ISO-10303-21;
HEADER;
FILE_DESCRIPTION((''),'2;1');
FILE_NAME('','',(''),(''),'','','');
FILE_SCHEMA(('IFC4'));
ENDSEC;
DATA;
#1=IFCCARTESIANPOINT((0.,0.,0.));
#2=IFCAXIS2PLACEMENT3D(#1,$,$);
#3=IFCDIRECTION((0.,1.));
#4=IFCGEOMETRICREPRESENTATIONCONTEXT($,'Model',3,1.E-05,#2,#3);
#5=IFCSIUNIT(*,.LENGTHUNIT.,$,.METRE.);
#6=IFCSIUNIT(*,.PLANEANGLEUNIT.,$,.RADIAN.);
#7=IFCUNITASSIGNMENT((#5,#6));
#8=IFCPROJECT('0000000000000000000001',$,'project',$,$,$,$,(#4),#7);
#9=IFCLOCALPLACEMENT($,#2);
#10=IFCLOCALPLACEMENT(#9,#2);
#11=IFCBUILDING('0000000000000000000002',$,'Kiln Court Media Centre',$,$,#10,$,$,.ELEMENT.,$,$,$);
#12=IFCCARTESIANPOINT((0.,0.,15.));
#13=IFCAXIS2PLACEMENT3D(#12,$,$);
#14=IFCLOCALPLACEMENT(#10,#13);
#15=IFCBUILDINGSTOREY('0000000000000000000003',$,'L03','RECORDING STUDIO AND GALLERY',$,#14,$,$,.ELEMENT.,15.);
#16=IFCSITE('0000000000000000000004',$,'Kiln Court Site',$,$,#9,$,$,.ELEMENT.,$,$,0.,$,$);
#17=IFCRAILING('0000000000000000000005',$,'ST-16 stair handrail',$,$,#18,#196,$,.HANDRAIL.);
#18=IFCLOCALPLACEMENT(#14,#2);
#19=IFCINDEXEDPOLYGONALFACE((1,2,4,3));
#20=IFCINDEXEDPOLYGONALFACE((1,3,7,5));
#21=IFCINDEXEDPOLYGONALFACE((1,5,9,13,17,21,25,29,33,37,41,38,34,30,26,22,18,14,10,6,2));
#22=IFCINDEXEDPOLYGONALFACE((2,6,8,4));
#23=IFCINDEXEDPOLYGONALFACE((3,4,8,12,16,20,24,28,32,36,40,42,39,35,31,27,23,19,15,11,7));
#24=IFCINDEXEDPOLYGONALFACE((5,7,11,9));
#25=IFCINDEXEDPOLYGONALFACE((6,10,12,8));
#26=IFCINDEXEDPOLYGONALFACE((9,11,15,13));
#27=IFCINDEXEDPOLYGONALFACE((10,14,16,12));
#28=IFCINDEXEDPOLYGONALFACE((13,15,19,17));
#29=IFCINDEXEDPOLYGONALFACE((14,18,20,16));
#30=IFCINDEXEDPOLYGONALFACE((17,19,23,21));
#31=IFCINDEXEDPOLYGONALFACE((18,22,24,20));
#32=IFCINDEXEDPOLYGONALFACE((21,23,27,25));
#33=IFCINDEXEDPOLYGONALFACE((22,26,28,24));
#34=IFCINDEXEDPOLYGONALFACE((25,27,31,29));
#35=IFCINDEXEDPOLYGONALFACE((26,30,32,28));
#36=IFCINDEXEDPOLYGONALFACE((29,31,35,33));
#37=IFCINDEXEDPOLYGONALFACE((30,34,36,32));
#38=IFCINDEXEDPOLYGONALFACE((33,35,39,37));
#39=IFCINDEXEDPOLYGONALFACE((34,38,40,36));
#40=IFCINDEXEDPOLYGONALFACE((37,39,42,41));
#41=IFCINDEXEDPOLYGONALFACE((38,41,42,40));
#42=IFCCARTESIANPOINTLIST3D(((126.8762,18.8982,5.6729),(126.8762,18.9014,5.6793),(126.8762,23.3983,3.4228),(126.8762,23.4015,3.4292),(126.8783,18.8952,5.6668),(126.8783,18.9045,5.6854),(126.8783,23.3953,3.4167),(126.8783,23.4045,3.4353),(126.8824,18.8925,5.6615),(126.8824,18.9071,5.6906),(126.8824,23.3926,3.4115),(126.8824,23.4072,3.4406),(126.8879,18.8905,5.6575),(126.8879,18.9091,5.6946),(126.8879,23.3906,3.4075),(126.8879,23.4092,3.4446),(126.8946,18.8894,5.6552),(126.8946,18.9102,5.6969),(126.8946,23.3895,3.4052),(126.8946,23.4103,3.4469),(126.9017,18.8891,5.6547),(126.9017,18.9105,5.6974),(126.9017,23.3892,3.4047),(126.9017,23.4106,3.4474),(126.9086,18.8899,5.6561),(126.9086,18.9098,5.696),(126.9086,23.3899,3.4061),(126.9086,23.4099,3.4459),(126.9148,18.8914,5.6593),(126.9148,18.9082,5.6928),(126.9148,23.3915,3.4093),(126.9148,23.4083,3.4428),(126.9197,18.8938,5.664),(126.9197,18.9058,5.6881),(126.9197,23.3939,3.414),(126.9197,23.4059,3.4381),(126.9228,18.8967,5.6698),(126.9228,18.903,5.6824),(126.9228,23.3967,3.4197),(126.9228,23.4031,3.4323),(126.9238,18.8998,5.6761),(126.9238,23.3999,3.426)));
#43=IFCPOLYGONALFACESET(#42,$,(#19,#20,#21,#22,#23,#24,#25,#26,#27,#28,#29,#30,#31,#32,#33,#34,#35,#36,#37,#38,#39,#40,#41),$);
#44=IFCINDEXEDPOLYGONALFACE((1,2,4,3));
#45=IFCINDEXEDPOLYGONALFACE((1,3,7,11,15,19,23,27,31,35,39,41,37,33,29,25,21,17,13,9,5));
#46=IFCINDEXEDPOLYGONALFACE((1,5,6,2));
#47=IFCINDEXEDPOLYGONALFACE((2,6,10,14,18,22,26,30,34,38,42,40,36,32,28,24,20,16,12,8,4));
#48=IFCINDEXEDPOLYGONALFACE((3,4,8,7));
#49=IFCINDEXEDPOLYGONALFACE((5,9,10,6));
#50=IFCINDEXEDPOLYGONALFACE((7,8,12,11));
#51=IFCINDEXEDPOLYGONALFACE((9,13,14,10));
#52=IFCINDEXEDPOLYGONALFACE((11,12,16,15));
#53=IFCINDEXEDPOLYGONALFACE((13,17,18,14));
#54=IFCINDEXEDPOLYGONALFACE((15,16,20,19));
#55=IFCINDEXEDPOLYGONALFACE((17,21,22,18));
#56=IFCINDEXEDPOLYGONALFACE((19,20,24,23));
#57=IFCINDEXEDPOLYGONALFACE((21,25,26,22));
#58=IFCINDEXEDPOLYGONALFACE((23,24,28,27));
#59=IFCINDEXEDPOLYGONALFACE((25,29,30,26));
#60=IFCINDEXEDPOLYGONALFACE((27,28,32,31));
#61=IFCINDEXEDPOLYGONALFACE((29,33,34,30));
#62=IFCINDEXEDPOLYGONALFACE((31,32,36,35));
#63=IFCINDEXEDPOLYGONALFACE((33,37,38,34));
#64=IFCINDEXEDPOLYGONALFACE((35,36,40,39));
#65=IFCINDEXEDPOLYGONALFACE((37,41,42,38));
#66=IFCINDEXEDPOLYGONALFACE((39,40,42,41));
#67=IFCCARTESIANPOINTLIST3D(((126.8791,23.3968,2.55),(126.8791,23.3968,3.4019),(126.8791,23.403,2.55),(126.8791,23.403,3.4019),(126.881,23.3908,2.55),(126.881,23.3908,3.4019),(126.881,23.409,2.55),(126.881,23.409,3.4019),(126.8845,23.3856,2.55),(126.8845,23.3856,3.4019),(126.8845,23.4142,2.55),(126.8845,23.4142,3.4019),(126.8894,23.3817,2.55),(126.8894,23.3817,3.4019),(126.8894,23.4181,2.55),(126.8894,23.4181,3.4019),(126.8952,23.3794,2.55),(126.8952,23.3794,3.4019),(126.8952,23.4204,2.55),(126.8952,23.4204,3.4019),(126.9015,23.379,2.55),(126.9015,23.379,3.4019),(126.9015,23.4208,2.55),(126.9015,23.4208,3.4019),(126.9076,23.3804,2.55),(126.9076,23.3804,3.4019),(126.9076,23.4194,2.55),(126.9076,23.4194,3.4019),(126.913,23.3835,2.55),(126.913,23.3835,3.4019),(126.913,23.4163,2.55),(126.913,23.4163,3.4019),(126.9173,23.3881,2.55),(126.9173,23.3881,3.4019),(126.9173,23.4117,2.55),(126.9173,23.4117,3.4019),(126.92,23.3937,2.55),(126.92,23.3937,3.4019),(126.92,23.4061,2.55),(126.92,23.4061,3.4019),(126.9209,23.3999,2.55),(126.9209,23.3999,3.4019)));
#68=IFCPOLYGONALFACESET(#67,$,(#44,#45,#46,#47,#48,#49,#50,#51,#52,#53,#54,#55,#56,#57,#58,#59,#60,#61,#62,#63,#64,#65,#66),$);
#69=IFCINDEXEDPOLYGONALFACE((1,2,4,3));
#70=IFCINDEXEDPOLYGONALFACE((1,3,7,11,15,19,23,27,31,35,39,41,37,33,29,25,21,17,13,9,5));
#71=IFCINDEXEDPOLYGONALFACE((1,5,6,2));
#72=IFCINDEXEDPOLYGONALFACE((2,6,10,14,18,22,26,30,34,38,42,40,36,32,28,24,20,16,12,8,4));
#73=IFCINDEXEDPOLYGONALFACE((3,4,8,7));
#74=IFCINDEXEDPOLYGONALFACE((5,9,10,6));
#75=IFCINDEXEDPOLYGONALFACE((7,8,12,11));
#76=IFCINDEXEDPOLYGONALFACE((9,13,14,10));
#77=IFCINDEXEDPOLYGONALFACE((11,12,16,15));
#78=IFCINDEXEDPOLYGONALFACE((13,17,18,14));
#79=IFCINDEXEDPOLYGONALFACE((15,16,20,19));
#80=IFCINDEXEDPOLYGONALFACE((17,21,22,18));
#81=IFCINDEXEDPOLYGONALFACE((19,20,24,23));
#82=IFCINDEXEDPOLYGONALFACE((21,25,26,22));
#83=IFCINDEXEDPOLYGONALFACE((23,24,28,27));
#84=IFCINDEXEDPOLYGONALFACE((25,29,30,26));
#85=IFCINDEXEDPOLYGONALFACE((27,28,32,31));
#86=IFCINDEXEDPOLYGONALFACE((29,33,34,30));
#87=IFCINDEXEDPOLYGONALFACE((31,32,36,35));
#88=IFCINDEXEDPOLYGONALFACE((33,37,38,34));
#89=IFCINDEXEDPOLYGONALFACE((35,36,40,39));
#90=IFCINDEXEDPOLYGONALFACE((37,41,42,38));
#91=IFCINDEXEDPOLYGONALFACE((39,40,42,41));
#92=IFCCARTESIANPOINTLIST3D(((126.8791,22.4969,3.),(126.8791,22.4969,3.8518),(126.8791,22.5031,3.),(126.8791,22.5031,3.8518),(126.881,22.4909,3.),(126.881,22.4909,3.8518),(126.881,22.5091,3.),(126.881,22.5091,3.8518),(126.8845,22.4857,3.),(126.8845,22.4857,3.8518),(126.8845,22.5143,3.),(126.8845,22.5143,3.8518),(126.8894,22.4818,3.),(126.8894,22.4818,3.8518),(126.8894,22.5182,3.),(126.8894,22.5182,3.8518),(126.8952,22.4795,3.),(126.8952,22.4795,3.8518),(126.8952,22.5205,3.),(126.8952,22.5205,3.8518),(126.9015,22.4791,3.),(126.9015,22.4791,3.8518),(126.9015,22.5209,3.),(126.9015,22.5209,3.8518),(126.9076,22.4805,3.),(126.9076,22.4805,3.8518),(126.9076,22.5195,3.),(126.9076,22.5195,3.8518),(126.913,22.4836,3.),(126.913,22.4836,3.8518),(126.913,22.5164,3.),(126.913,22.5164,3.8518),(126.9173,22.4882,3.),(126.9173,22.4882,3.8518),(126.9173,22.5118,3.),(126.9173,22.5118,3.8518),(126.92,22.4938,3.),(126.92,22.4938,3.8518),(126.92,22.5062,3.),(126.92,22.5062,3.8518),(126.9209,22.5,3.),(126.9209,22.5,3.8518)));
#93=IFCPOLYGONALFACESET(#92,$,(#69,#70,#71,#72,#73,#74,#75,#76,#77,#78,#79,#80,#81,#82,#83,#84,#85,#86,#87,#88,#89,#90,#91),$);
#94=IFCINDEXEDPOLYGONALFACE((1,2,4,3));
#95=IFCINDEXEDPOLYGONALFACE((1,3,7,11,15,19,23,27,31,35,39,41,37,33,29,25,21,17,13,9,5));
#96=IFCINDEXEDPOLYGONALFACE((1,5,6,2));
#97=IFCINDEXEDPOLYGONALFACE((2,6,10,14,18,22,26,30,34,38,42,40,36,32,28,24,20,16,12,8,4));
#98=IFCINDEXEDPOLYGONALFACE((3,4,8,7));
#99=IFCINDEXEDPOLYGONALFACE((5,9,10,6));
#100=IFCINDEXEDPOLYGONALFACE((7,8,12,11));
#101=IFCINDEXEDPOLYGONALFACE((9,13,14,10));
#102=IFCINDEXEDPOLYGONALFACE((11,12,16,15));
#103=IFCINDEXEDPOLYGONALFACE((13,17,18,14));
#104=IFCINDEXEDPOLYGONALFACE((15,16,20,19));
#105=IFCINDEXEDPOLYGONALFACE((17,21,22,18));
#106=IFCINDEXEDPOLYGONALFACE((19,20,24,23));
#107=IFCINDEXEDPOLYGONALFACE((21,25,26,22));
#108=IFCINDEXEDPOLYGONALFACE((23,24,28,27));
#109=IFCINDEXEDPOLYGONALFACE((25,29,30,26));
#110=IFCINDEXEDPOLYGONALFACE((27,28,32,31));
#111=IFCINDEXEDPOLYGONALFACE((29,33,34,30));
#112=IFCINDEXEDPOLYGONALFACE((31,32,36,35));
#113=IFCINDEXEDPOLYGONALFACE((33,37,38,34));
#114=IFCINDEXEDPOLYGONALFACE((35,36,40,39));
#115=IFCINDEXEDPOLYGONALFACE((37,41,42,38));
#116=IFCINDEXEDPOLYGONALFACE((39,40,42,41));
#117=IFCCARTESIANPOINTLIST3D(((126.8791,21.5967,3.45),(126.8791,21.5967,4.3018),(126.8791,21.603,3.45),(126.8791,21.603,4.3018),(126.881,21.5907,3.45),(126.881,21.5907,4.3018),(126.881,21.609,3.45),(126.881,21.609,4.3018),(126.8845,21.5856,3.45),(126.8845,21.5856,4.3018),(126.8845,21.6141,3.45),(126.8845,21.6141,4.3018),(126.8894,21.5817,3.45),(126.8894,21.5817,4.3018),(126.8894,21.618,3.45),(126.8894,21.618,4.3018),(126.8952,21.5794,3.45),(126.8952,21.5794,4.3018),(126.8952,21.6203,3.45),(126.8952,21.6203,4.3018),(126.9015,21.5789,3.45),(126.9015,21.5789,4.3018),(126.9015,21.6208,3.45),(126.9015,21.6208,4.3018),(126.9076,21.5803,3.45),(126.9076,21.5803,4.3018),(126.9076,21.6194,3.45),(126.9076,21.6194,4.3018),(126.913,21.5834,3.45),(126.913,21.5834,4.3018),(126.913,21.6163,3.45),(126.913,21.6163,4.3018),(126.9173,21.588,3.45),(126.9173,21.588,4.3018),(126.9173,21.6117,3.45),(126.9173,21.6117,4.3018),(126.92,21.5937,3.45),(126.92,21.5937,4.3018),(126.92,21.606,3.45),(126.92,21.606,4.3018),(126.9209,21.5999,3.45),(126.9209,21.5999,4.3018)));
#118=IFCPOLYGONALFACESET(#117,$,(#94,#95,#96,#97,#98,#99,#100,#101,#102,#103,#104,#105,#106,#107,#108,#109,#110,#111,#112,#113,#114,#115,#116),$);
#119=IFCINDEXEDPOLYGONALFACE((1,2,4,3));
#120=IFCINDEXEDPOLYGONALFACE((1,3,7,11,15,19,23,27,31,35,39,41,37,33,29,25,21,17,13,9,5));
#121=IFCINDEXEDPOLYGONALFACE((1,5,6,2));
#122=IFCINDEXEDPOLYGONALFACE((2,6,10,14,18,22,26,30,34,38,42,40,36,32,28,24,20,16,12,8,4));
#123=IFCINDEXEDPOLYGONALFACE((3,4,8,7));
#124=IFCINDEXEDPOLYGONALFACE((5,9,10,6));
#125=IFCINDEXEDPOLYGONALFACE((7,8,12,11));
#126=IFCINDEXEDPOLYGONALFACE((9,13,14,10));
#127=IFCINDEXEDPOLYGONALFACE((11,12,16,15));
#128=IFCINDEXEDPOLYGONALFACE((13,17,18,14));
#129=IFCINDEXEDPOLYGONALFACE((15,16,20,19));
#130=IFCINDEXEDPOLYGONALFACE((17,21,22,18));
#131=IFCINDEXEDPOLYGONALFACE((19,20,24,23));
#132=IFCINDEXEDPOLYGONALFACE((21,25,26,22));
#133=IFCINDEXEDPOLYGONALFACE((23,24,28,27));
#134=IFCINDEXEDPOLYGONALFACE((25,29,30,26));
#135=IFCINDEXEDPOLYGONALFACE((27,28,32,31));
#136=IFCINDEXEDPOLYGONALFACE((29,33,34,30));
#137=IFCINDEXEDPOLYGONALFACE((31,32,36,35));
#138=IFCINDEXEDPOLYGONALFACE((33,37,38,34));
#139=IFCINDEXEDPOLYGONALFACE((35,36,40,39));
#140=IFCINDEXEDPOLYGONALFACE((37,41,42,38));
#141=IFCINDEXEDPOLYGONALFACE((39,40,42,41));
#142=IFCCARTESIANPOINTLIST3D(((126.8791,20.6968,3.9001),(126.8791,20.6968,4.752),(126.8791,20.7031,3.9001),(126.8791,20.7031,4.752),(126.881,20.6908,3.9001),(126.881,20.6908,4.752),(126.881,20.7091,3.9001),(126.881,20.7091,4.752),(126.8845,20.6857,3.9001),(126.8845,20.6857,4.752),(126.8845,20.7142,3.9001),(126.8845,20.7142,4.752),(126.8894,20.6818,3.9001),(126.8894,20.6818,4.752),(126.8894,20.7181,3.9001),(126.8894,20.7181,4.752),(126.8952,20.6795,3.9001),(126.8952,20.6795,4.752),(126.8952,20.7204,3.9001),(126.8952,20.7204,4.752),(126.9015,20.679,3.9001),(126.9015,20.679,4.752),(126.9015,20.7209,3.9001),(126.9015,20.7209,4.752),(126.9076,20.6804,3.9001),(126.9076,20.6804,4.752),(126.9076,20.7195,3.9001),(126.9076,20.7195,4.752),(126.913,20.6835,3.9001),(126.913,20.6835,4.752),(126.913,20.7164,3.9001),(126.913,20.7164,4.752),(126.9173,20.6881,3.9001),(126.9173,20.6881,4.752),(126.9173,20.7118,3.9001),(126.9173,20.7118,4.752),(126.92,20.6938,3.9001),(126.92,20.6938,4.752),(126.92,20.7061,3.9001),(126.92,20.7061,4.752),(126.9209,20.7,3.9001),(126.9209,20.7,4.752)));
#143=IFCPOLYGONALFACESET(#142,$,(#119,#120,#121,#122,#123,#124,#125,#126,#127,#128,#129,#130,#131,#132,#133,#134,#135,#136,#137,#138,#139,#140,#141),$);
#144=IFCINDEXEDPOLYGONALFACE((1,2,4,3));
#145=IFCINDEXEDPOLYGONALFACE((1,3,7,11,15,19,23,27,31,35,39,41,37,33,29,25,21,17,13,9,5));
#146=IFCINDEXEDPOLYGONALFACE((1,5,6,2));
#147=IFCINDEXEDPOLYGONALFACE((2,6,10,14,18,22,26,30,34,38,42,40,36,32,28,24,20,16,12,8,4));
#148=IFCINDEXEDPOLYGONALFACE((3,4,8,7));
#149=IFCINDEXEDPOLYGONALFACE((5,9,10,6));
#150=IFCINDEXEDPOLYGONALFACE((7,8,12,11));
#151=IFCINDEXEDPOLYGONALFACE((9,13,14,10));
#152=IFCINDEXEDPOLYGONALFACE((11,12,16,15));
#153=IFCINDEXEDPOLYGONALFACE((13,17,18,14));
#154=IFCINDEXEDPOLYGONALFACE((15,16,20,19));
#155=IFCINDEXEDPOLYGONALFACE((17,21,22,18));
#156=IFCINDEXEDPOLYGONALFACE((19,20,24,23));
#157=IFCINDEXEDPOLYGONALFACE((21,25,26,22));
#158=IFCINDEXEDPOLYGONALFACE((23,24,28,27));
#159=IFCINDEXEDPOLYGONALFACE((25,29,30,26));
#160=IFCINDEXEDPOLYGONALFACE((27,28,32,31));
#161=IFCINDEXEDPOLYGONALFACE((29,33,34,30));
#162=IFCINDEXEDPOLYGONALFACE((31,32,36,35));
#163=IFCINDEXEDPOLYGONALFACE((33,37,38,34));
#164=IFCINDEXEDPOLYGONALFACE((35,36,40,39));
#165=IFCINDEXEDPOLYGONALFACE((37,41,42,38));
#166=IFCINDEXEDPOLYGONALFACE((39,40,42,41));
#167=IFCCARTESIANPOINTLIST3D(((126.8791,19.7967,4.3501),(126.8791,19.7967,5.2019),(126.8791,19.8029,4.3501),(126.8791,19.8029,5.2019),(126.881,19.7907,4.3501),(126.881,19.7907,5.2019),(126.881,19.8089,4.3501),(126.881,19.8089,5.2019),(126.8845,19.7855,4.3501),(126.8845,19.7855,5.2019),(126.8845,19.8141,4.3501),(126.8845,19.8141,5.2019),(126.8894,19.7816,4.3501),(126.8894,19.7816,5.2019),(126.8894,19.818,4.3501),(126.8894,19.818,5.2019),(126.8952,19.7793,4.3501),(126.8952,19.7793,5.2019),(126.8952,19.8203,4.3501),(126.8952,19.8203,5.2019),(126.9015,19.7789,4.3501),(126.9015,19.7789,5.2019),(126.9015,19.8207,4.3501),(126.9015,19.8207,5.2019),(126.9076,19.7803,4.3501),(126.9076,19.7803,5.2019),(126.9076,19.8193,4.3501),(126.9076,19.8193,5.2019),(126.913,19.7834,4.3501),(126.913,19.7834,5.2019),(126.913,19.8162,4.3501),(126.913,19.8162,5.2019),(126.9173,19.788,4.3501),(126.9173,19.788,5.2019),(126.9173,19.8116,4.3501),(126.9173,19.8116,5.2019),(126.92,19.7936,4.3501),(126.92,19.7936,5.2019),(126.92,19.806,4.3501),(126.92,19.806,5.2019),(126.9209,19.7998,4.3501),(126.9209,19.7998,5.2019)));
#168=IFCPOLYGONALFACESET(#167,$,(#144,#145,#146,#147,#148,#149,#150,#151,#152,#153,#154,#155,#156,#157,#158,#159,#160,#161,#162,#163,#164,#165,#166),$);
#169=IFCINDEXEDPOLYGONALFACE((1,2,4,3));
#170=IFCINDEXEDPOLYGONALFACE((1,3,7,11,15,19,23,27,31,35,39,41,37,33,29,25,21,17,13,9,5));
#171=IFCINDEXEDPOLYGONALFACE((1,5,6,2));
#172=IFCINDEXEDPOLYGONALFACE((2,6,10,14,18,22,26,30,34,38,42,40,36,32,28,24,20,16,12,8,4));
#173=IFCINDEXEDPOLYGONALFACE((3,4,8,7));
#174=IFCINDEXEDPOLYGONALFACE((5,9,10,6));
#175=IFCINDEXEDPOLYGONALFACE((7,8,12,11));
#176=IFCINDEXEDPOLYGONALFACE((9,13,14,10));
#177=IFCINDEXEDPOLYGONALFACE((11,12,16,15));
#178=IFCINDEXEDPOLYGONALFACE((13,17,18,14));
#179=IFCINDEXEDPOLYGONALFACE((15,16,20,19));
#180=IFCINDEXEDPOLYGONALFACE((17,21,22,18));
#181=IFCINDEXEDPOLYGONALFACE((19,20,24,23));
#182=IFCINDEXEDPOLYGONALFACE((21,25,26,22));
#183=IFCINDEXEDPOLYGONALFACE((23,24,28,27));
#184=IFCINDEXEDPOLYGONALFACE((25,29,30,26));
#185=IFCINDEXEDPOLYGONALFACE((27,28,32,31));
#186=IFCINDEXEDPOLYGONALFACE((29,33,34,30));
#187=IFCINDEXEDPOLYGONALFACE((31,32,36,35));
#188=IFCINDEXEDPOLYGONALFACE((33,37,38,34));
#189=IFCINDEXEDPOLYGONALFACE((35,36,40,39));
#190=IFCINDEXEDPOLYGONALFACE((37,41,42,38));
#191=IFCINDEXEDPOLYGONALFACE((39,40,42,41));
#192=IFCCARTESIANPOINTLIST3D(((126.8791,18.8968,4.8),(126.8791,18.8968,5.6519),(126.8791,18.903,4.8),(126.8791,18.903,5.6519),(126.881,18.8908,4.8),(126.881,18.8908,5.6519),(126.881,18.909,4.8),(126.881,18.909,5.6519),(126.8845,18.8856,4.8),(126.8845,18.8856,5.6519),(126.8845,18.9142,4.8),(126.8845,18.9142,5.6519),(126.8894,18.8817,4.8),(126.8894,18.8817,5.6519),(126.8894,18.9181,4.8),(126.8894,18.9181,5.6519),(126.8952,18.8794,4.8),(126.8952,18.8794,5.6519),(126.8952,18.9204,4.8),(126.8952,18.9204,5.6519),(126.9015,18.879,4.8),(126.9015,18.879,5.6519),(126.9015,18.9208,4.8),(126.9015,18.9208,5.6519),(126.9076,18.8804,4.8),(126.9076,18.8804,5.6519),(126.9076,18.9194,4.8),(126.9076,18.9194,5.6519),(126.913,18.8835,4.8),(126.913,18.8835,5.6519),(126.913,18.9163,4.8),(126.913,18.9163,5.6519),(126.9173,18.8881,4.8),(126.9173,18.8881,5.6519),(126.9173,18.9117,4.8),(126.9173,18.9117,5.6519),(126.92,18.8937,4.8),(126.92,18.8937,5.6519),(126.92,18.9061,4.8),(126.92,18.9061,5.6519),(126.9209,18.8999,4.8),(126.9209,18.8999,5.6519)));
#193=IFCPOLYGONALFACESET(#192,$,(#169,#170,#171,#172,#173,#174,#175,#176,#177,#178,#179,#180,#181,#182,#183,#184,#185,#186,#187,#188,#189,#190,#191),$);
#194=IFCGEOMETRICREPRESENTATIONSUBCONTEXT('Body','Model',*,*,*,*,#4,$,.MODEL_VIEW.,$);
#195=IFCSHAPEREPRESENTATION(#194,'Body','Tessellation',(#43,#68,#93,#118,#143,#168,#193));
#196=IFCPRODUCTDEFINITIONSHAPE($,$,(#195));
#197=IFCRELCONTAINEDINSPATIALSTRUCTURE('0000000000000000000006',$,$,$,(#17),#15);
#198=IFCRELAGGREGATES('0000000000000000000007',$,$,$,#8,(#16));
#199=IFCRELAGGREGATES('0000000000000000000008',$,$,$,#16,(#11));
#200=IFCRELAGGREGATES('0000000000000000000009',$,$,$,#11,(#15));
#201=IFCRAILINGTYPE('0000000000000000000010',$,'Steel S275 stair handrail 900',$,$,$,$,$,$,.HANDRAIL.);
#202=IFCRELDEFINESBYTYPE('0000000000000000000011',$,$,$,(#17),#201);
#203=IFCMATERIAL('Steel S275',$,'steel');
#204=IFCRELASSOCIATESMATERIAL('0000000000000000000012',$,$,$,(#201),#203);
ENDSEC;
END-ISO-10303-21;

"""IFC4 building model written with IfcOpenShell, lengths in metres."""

from ifc_helpers import new_model, si_unit, direction, frame, origin, origin_2d, place, context, subcontext, project, spatial, circle, extrude, material, type_object, element, save


model = new_model("IFC4")

# Units and contexts
model_context = context("Model", 3, precision=1e-05, world=origin(), true_north=direction((0.0, 1.0)))
body_context = subcontext(model_context, "Body", "Model", "MODEL_VIEW")
ifc_project = project(units=[si_unit("LENGTHUNIT", "METRE"), si_unit("PLANEANGLEUNIT", "RADIAN")], contexts=[model_context])

# Site, building, storey
site_placement = place(None, origin())
site = spatial("IfcSite", under=ifc_project, at=site_placement, Name="Kiln Court Site", CompositionType="ELEMENT", RefElevation=0.0)
building_placement = place(site_placement, origin())
building = spatial("IfcBuilding", under=site, at=building_placement, Name="Kiln Court Media Centre", CompositionType="ELEMENT")
storey_placement = place(building_placement, frame((0.0, 0.0, 15.0)))
storey = spatial("IfcBuildingStorey", under=building, at=storey_placement, Name="L03", Description="RECORDING STUDIO AND GALLERY", CompositionType="ELEMENT", Elevation=15.0)

# Railing
ifc_material_1 = material(Name="Steel S275", Category="steel")
railing_type_1 = type_object("IfcRailingType", Name="Steel S275 stair handrail 900", PredefinedType="HANDRAIL", material=ifc_material_1)
railing_placement = place(storey_placement, frame((126.8999, 23.3999, 2.55)))
element("IfcRailing", 1, at=railing_placement, inside=storey, type_object=railing_type_1, Name="ST-16 stair handrail", PredefinedType="HANDRAIL", context=body_context, shape_type="SweptSolid", body=[
    extrude(circle(Radius=0.0239, at=origin_2d()), frame((0.0, 0.0, 0.876), z_axis=(0.0, -0.894427, 0.447214), x_axis=(1.0, 0.0, 0.0)), (0.0, 0.0, 1.0), 5.0312),
    extrude(circle(Radius=0.021, at=origin_2d()), origin(), (0.0, 0.0, 1.0), 0.8518),
    extrude(circle(Radius=0.021, at=origin_2d()), frame((0.0, -0.8999, 0.45)), (0.0, 0.0, 1.0), 0.8518),
    extrude(circle(Radius=0.021, at=origin_2d()), frame((0.0, -1.8, 0.8999)), (0.0, 0.0, 1.0), 0.8518),
    extrude(circle(Radius=0.021, at=origin_2d()), frame((0.0, -2.7, 1.3501)), (0.0, 0.0, 1.0), 0.8518),
    extrude(circle(Radius=0.021, at=origin_2d()), frame((0.0, -3.6001, 1.8)), (0.0, 0.0, 1.0), 0.8518),
    extrude(circle(Radius=0.021, at=origin_2d()), frame((0.0, -4.5, 2.25)), (0.0, 0.0, 1.0), 0.8518),
])

save(model, "model.ifc")
